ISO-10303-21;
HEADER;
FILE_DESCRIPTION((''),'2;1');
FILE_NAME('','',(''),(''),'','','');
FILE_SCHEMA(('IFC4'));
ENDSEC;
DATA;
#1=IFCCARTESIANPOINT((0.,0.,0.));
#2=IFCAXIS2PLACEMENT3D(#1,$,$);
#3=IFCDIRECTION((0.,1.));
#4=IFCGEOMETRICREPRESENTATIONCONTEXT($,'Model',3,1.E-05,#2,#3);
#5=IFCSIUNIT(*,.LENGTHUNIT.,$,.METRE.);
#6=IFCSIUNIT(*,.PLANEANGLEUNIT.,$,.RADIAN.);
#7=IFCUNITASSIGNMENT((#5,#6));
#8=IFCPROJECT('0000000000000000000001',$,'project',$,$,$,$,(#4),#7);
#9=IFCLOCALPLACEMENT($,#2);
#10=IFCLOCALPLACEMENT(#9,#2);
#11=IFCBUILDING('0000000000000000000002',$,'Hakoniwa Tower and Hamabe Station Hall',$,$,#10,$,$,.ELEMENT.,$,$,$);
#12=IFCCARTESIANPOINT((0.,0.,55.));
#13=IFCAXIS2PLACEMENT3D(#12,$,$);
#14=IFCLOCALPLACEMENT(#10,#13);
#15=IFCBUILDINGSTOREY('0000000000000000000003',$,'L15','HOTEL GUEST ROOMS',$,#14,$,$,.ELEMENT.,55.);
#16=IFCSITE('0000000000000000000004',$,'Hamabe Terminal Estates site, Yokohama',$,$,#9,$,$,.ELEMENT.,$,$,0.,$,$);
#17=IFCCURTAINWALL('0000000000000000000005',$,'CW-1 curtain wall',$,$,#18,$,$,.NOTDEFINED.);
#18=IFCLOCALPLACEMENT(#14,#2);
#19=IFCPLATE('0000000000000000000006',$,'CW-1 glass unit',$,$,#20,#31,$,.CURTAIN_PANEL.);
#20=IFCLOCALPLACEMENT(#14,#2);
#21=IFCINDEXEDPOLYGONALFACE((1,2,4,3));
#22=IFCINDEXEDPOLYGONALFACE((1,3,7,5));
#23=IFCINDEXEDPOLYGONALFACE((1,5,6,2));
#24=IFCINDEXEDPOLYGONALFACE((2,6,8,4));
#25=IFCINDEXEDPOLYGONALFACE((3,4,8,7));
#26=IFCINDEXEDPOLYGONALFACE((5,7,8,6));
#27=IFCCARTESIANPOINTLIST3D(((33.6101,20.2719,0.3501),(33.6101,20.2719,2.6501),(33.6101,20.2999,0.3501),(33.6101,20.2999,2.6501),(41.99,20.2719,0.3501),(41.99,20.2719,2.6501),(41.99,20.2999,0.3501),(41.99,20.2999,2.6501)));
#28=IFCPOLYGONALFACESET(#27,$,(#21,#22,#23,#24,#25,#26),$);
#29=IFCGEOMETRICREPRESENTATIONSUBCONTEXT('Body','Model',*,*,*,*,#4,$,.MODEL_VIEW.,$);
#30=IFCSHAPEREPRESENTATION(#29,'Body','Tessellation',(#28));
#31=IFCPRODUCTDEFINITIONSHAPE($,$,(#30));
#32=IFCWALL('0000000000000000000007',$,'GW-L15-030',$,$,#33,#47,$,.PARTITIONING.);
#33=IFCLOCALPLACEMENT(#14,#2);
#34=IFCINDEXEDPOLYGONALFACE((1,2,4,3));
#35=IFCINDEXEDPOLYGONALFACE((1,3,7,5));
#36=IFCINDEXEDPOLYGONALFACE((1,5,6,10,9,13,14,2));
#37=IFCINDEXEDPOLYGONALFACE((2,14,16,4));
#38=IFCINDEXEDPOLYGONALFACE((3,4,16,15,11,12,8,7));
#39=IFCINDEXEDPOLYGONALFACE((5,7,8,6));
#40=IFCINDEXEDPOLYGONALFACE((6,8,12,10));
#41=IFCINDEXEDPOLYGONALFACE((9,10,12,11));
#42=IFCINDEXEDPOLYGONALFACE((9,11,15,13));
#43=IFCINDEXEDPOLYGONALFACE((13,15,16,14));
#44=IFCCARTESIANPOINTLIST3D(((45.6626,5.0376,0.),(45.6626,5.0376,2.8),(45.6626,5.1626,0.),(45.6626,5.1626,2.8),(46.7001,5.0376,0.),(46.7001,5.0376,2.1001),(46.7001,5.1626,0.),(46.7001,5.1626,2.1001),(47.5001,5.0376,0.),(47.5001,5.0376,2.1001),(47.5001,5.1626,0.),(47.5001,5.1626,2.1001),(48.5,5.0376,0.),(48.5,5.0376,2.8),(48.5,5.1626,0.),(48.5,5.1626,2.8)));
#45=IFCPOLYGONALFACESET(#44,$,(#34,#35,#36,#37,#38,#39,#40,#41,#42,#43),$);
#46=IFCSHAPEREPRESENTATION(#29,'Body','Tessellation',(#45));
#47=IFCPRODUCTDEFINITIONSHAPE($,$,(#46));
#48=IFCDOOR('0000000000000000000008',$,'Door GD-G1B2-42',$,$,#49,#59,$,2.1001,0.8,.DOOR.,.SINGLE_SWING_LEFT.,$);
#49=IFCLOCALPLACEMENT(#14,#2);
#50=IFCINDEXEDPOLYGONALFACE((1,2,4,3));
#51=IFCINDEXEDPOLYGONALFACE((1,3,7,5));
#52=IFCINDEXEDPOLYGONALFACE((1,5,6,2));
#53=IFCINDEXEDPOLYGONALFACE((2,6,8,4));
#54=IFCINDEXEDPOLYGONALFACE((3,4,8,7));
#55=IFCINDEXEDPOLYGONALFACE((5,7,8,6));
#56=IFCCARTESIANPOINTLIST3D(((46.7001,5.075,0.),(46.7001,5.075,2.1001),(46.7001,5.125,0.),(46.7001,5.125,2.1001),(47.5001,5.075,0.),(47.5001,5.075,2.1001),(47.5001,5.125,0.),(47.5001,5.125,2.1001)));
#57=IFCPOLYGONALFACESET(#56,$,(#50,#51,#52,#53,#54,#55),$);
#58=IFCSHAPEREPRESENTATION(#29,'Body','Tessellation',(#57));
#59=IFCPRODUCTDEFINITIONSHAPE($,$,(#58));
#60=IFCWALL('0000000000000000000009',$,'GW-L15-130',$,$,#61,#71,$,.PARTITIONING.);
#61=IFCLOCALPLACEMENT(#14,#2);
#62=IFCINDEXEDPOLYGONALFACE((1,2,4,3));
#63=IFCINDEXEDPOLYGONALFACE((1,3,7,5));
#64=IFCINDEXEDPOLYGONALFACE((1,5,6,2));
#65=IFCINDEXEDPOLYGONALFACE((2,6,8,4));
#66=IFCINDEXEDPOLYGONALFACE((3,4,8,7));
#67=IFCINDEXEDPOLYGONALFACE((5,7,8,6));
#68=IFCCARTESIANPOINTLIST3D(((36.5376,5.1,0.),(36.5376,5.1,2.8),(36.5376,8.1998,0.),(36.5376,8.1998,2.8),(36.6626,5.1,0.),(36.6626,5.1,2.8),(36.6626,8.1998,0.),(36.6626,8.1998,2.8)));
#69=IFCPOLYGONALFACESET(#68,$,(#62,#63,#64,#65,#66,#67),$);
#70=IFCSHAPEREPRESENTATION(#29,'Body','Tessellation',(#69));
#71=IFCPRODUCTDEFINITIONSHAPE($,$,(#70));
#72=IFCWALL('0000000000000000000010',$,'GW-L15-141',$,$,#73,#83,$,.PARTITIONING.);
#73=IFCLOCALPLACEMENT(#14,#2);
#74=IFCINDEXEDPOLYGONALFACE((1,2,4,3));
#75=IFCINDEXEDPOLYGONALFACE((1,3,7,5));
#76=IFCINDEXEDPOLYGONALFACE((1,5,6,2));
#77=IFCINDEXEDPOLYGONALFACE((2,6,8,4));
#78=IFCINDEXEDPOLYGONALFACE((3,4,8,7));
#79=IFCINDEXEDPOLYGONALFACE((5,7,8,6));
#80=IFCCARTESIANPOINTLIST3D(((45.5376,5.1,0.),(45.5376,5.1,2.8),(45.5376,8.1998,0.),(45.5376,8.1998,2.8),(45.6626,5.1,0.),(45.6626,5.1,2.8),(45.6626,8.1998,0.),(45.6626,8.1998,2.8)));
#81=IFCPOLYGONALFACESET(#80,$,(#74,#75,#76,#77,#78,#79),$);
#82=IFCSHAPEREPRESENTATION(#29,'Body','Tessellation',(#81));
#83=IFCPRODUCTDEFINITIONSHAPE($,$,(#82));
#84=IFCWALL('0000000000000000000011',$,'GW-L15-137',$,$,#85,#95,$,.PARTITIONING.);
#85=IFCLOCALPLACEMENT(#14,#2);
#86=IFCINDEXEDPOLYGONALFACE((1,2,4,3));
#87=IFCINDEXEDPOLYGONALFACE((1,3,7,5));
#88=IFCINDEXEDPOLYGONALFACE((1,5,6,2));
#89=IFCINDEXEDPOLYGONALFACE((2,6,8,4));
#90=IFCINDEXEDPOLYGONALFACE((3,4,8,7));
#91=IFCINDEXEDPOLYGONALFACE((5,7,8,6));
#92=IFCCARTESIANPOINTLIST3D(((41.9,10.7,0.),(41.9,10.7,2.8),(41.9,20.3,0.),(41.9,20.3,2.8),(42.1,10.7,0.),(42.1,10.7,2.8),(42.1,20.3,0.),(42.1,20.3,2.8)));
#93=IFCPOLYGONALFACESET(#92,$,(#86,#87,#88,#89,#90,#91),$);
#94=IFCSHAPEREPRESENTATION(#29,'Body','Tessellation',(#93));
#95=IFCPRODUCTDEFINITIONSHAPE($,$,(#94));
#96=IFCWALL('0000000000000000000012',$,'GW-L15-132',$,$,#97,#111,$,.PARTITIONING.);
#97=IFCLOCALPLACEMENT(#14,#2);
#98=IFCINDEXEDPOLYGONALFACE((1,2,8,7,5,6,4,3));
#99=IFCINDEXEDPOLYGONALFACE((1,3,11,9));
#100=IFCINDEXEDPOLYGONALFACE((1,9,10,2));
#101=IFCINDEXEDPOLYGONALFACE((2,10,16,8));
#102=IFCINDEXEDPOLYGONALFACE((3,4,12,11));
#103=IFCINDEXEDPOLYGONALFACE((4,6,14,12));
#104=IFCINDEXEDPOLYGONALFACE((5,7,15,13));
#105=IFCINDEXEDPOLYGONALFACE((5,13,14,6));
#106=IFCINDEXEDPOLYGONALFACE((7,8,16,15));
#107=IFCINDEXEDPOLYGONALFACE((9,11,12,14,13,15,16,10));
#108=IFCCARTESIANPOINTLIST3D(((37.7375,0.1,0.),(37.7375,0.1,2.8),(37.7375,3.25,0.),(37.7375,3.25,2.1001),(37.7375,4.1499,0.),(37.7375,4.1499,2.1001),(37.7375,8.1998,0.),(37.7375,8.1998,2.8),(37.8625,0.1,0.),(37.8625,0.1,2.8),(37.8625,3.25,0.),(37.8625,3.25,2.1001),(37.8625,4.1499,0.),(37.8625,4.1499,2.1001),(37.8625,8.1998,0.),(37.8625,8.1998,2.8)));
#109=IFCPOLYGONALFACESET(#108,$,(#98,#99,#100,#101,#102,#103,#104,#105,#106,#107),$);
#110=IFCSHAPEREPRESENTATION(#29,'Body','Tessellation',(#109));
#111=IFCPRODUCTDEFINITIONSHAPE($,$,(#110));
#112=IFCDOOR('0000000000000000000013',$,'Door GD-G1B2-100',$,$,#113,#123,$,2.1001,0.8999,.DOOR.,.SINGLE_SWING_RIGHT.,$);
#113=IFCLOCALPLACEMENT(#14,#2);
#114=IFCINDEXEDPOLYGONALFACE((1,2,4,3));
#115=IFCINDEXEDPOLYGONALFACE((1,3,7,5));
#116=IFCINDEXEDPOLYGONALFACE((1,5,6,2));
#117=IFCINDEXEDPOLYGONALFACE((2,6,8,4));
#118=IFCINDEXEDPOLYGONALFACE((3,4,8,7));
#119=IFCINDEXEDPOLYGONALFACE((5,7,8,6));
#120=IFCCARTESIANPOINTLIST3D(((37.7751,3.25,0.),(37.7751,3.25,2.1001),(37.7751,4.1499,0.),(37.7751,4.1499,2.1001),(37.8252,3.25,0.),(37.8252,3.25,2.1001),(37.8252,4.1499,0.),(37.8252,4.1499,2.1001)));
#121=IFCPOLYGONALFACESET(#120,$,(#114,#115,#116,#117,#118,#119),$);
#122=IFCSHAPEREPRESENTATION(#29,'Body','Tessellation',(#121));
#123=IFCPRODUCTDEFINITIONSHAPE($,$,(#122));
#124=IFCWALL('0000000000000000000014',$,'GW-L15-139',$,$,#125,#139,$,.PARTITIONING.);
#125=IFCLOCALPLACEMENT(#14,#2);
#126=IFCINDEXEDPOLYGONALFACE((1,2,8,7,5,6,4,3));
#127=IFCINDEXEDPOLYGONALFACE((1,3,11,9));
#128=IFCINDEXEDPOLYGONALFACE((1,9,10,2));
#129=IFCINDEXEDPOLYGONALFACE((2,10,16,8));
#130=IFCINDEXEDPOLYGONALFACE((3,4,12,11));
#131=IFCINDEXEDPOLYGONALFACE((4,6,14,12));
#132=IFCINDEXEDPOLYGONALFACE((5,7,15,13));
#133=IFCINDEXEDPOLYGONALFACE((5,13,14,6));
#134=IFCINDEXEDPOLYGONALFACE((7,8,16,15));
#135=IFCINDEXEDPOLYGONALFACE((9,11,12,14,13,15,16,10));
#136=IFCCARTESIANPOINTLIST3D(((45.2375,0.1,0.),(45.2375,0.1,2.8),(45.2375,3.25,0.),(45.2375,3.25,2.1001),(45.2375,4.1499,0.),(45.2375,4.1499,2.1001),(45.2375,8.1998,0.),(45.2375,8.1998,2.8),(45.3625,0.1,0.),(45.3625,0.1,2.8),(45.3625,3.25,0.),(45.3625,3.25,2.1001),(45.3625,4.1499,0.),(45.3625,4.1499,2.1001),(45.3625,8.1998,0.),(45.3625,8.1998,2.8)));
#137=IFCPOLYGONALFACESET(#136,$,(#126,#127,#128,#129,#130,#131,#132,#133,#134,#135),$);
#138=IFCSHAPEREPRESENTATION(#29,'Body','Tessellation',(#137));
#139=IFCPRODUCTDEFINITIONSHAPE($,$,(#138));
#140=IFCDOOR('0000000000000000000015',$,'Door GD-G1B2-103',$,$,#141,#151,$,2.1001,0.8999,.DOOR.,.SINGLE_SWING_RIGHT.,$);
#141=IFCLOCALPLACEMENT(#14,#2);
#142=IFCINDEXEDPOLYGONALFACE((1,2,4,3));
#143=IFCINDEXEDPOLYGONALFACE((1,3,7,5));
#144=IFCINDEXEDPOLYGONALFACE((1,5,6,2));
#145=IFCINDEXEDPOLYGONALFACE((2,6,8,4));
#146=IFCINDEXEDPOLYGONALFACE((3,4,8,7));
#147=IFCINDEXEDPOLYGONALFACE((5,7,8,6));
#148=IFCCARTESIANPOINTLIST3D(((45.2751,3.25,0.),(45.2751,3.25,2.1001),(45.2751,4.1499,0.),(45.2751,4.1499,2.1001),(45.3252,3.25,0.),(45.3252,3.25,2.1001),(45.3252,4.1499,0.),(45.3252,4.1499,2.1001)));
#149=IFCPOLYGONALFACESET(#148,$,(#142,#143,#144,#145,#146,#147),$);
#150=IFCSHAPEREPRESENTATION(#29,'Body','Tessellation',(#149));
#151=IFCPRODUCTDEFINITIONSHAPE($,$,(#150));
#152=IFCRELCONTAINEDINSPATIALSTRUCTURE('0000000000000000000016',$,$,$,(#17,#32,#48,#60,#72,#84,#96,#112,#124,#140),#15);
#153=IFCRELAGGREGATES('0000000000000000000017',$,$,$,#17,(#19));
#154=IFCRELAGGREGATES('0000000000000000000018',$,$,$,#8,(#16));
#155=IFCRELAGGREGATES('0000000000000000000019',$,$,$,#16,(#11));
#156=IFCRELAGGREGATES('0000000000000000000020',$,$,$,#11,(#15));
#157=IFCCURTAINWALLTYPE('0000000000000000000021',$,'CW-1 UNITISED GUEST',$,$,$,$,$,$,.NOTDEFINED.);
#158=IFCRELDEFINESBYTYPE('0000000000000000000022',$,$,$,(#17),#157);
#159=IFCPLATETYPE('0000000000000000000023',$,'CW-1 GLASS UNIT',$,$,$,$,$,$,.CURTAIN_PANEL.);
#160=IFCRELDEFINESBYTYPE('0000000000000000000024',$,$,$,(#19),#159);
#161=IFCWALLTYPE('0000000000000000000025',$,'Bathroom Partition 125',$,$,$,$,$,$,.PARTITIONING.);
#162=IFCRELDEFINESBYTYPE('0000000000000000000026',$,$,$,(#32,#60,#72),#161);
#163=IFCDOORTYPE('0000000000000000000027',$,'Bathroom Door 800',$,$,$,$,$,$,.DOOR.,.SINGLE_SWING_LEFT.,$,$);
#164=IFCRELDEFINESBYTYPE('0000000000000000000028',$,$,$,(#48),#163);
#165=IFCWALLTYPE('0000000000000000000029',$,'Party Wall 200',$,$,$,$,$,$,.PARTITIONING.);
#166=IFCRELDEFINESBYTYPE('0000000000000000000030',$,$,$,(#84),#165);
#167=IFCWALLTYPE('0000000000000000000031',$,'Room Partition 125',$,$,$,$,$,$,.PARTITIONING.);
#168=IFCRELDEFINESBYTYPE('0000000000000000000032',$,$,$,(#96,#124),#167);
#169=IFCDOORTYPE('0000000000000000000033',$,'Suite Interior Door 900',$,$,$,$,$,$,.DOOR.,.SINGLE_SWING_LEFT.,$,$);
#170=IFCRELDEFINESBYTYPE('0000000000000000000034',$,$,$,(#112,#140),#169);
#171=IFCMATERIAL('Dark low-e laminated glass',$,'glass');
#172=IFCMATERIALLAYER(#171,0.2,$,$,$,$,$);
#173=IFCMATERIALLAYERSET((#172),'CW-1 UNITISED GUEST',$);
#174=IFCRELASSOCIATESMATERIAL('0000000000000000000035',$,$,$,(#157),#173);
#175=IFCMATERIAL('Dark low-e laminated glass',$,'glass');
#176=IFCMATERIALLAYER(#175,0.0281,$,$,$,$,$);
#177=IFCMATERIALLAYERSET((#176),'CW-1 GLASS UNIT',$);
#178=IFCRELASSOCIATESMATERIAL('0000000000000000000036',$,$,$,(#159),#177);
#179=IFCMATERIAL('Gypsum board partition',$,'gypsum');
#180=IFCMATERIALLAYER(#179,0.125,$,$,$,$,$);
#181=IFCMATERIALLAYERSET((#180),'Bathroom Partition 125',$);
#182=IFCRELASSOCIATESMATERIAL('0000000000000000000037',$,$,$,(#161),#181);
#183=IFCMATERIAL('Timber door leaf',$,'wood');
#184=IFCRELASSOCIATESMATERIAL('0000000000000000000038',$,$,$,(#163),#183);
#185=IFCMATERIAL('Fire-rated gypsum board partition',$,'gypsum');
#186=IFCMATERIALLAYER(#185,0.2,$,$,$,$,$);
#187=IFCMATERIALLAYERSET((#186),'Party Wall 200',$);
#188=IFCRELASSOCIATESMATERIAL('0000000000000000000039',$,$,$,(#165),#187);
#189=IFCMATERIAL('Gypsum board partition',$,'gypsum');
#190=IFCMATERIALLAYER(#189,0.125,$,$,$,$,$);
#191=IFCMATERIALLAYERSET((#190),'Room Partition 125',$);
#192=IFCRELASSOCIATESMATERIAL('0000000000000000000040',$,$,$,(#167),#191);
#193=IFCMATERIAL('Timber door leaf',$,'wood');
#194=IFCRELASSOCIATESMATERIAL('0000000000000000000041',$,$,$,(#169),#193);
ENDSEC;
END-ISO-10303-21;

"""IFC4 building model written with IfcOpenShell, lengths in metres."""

from ifc_helpers import new_model, si_unit, direction, frame, frame_2d, origin, origin_2d, place, context, subcontext, project, spatial, rectangle, extrude, material, layer, layer_set, type_object, element, fill, aggregate, save


model = new_model("IFC4")

# Units and contexts
model_context = context("Model", 3, precision=1e-05, world=origin(), true_north=direction((0.0, 1.0)))
body_context = subcontext(model_context, "Body", "Model", "MODEL_VIEW")
ifc_project = project(units=[si_unit("LENGTHUNIT", "METRE"), si_unit("PLANEANGLEUNIT", "RADIAN")], contexts=[model_context])

# Site, building, storey
site_placement = place(None, origin())
site = spatial("IfcSite", under=ifc_project, at=site_placement, Name="Hamabe Terminal Estates site, Yokohama", CompositionType="ELEMENT", RefElevation=0.0)
building_placement = place(site_placement, origin())
building = spatial("IfcBuilding", under=site, at=building_placement, Name="Hakoniwa Tower and Hamabe Station Hall", CompositionType="ELEMENT")
storey_placement = place(building_placement, frame((0.0, 0.0, 55.0)))
storey = spatial("IfcBuildingStorey", under=building, at=storey_placement, Name="L15", Description="HOTEL GUEST ROOMS", CompositionType="ELEMENT", Elevation=55.0)

# Curtain wall
ifc_material_1 = material(Name="Dark low-e laminated glass", Category="glass")
ifc_layer_1 = layer(ifc_material_1, 0.2)
ifc_layer_set_1 = layer_set([ifc_layer_1], Name="CW-1 UNITISED GUEST")
curtain_wall_type = type_object("IfcCurtainWallType", Name="CW-1 UNITISED GUEST", PredefinedType="NOTDEFINED", material=ifc_layer_set_1)
curtain_wall_1_placement = place(storey_placement, origin())
curtain_wall_1 = element("IfcCurtainWall", 1, at=curtain_wall_1_placement, inside=storey, type_object=curtain_wall_type, Name="CW-1 curtain wall", PredefinedType="NOTDEFINED")

# Plate
ifc_material_2 = material(Name="Dark low-e laminated glass", Category="glass")
ifc_layer_2 = layer(ifc_material_2, 0.0281)
ifc_layer_set_2 = layer_set([ifc_layer_2], Name="CW-1 GLASS UNIT")
plate_type = type_object("IfcPlateType", Name="CW-1 GLASS UNIT", PredefinedType="CURTAIN_PANEL", material=ifc_layer_set_2)
plate_1_placement = place(storey_placement, frame((37.8, 20.2859, 0.3501), z_axis=(0.0, 0.0, 1.0), x_axis=(-1.0, 0.0, 0.0)))
plate_1 = element("IfcPlate", 2, at=plate_1_placement, type_object=plate_type, Name="CW-1 glass unit", PredefinedType="CURTAIN_PANEL", context=body_context, shape_type="SweptSolid", body=[
    extrude(rectangle(XDim=8.3799, YDim=0.0281, at=origin_2d()), origin(), (0.0, 0.0, 1.0), 2.3),
])
aggregate(curtain_wall_1, [plate_1])

# Wall, opening, door
ifc_material_3 = material(Name="Gypsum board partition", Category="gypsum")
ifc_layer_3 = layer(ifc_material_3, 0.125)
ifc_layer_set_3 = layer_set([ifc_layer_3], Name="Bathroom Partition 125")
wall_type_1 = type_object("IfcWallType", Name="Bathroom Partition 125", PredefinedType="PARTITIONING", material=ifc_layer_set_3)
wall_1_placement = place(storey_placement, frame((45.6626, 5.1001, 0.0), z_axis=(0.0, 0.0, 1.0), x_axis=(1.0, 0.0, 0.0)))
wall_1 = element("IfcWall", 3, at=wall_1_placement, inside=storey, type_object=wall_type_1, Name="GW-L15-030", PredefinedType="PARTITIONING", context=body_context, shape_type="SweptSolid", body=[
    extrude(rectangle(XDim=2.8374, YDim=0.125, at=frame_2d((1.4187, 0.0))), origin(), (0.0, 0.0, 1.0), 2.8),
])
opening_1_placement = place(wall_1_placement, frame((1.0376, 0.0, 0.0)))
opening_1 = element("IfcOpeningElement", 4, at=opening_1_placement, cuts=wall_1, PredefinedType="OPENING", context=body_context, shape_type="SweptSolid", body=[
    extrude(rectangle(XDim=0.8, YDim=2.1001, at=frame_2d((0.3999, 1.05))), frame((0.0, 0.0725, 0.0), z_axis=(0.0, -1.0, 0.0), x_axis=(1.0, 0.0, 0.0)), (0.0, 0.0, 1.0), 0.145),
])
ifc_material_4 = material(Name="Timber door leaf", Category="wood")
door_type_1 = type_object("IfcDoorType", Name="Bathroom Door 800", OperationType="SINGLE_SWING_LEFT", PredefinedType="DOOR", material=ifc_material_4)
door_1_placement = place(opening_1_placement, origin())
door_1 = element("IfcDoor", 5, at=door_1_placement, inside=storey, type_object=door_type_1, Name="Door GD-G1B2-42", OperationType="SINGLE_SWING_LEFT", OverallHeight=2.1001, OverallWidth=0.8, PredefinedType="DOOR", context=body_context, shape_type="SweptSolid", body=[
    extrude(rectangle(XDim=0.8, YDim=2.1001, at=frame_2d((0.3999, 1.05))), frame((0.0, 0.0249, 0.0), z_axis=(0.0, -1.0, 0.0), x_axis=(1.0, 0.0, 0.0)), (0.0, 0.0, 1.0), 0.05),
])
fill(opening_1, door_1)

# Walls
for number, where, z_axis, x_axis, name in (
    (6, (36.6001, 5.1001, 0.0), (0.0, 0.0, 1.0), (0.0, 1.0, 0.0), "GW-L15-130"),
    (7, (45.6001, 5.1001, 0.0), (0.0, 0.0, 1.0), (0.0, 1.0, 0.0), "GW-L15-141"),
):
    element("IfcWall", number, at=place(storey_placement, frame(where, z_axis=z_axis, x_axis=x_axis)), inside=storey, type_object=wall_type_1, Name=name, PredefinedType="PARTITIONING", context=body_context, shape_type="SweptSolid", body=[
        extrude(rectangle(XDim=3.0999, YDim=0.125, at=frame_2d((1.5498, 0.0))), origin(), (0.0, 0.0, 1.0), 2.8),
    ])
ifc_material_5 = material(Name="Fire-rated gypsum board partition", Category="gypsum")
ifc_layer_4 = layer(ifc_material_5, 0.2)
ifc_layer_set_4 = layer_set([ifc_layer_4], Name="Party Wall 200")
wall_type_2 = type_object("IfcWallType", Name="Party Wall 200", PredefinedType="PARTITIONING", material=ifc_layer_set_4)
wall_2_placement = place(storey_placement, frame((42.0, 10.7, 0.0), z_axis=(0.0, 0.0, 1.0), x_axis=(0.0, 1.0, 0.0)))
element("IfcWall", 8, at=wall_2_placement, inside=storey, type_object=wall_type_2, Name="GW-L15-137", PredefinedType="PARTITIONING", context=body_context, shape_type="SweptSolid", body=[
    extrude(rectangle(XDim=9.6001, YDim=0.2, at=frame_2d((4.8, 0.0))), origin(), (0.0, 0.0, 1.0), 2.8),
])

# Walls, openings, doors
ifc_material_6 = material(Name="Gypsum board partition", Category="gypsum")
ifc_layer_5 = layer(ifc_material_6, 0.125)
ifc_layer_set_5 = layer_set([ifc_layer_5], Name="Room Partition 125")
wall_type_3 = type_object("IfcWallType", Name="Room Partition 125", PredefinedType="PARTITIONING", material=ifc_layer_set_5)
wall_3_placement = place(storey_placement, frame((37.8, 0.1001, 0.0), z_axis=(0.0, 0.0, 1.0), x_axis=(0.0, 1.0, 0.0)))
wall_3 = element("IfcWall", 9, at=wall_3_placement, inside=storey, type_object=wall_type_3, Name="GW-L15-132", PredefinedType="PARTITIONING", context=body_context, shape_type="SweptSolid", body=[
    extrude(rectangle(XDim=8.0999, YDim=0.125, at=frame_2d((4.0498, 0.0))), origin(), (0.0, 0.0, 1.0), 2.8),
])
opening_2_placement = place(wall_3_placement, frame((3.1499, 0.0, 0.0)))
opening_2 = element("IfcOpeningElement", 10, at=opening_2_placement, cuts=wall_3, PredefinedType="OPENING", context=body_context, shape_type="SweptSolid", body=[
    extrude(rectangle(XDim=0.8999, YDim=2.1001, at=frame_2d((0.45, 1.05))), frame((0.0, 0.0725, 0.0), z_axis=(0.0, -1.0, 0.0), x_axis=(1.0, 0.0, 0.0)), (0.0, 0.0, 1.0), 0.145),
])
ifc_material_7 = material(Name="Timber door leaf", Category="wood")
door_type_2 = type_object("IfcDoorType", Name="Suite Interior Door 900", OperationType="SINGLE_SWING_LEFT", PredefinedType="DOOR", material=ifc_material_7)
door_2_placement = place(opening_2_placement, origin())
door_2 = element("IfcDoor", 11, at=door_2_placement, inside=storey, type_object=door_type_2, Name="Door GD-G1B2-100", OperationType="SINGLE_SWING_RIGHT", OverallHeight=2.1001, OverallWidth=0.8999, PredefinedType="DOOR", context=body_context, shape_type="SweptSolid", body=[
    extrude(rectangle(XDim=0.8999, YDim=2.1001, at=frame_2d((0.45, 1.05))), frame((0.0, 0.0249, 0.0), z_axis=(0.0, -1.0, 0.0), x_axis=(1.0, 0.0, 0.0)), (0.0, 0.0, 1.0), 0.05),
])
fill(opening_2, door_2)
wall_4_placement = place(storey_placement, frame((45.3, 0.1001, 0.0), z_axis=(0.0, 0.0, 1.0), x_axis=(0.0, 1.0, 0.0)))
wall_4 = element("IfcWall", 12, at=wall_4_placement, inside=storey, type_object=wall_type_3, Name="GW-L15-139", PredefinedType="PARTITIONING", context=body_context, shape_type="SweptSolid", body=[
    extrude(rectangle(XDim=8.0999, YDim=0.125, at=frame_2d((4.0498, 0.0))), origin(), (0.0, 0.0, 1.0), 2.8),
])
opening_3_placement = place(wall_4_placement, frame((3.1499, 0.0, 0.0)))
opening_3 = element("IfcOpeningElement", 13, at=opening_3_placement, cuts=wall_4, PredefinedType="OPENING", context=body_context, shape_type="SweptSolid", body=[
    extrude(rectangle(XDim=0.8999, YDim=2.1001, at=frame_2d((0.45, 1.05))), frame((0.0, 0.0725, 0.0), z_axis=(0.0, -1.0, 0.0), x_axis=(1.0, 0.0, 0.0)), (0.0, 0.0, 1.0), 0.145),
])
door_3_placement = place(opening_3_placement, origin())
door_3 = element("IfcDoor", 14, at=door_3_placement, inside=storey, type_object=door_type_2, Name="Door GD-G1B2-103", OperationType="SINGLE_SWING_RIGHT", OverallHeight=2.1001, OverallWidth=0.8999, PredefinedType="DOOR", context=body_context, shape_type="SweptSolid", body=[
    extrude(rectangle(XDim=0.8999, YDim=2.1001, at=frame_2d((0.45, 1.05))), frame((0.0, 0.0249, 0.0), z_axis=(0.0, -1.0, 0.0), x_axis=(1.0, 0.0, 0.0)), (0.0, 0.0, 1.0), 0.05),
])
fill(opening_3, door_3)

save(model, "model.ifc")
